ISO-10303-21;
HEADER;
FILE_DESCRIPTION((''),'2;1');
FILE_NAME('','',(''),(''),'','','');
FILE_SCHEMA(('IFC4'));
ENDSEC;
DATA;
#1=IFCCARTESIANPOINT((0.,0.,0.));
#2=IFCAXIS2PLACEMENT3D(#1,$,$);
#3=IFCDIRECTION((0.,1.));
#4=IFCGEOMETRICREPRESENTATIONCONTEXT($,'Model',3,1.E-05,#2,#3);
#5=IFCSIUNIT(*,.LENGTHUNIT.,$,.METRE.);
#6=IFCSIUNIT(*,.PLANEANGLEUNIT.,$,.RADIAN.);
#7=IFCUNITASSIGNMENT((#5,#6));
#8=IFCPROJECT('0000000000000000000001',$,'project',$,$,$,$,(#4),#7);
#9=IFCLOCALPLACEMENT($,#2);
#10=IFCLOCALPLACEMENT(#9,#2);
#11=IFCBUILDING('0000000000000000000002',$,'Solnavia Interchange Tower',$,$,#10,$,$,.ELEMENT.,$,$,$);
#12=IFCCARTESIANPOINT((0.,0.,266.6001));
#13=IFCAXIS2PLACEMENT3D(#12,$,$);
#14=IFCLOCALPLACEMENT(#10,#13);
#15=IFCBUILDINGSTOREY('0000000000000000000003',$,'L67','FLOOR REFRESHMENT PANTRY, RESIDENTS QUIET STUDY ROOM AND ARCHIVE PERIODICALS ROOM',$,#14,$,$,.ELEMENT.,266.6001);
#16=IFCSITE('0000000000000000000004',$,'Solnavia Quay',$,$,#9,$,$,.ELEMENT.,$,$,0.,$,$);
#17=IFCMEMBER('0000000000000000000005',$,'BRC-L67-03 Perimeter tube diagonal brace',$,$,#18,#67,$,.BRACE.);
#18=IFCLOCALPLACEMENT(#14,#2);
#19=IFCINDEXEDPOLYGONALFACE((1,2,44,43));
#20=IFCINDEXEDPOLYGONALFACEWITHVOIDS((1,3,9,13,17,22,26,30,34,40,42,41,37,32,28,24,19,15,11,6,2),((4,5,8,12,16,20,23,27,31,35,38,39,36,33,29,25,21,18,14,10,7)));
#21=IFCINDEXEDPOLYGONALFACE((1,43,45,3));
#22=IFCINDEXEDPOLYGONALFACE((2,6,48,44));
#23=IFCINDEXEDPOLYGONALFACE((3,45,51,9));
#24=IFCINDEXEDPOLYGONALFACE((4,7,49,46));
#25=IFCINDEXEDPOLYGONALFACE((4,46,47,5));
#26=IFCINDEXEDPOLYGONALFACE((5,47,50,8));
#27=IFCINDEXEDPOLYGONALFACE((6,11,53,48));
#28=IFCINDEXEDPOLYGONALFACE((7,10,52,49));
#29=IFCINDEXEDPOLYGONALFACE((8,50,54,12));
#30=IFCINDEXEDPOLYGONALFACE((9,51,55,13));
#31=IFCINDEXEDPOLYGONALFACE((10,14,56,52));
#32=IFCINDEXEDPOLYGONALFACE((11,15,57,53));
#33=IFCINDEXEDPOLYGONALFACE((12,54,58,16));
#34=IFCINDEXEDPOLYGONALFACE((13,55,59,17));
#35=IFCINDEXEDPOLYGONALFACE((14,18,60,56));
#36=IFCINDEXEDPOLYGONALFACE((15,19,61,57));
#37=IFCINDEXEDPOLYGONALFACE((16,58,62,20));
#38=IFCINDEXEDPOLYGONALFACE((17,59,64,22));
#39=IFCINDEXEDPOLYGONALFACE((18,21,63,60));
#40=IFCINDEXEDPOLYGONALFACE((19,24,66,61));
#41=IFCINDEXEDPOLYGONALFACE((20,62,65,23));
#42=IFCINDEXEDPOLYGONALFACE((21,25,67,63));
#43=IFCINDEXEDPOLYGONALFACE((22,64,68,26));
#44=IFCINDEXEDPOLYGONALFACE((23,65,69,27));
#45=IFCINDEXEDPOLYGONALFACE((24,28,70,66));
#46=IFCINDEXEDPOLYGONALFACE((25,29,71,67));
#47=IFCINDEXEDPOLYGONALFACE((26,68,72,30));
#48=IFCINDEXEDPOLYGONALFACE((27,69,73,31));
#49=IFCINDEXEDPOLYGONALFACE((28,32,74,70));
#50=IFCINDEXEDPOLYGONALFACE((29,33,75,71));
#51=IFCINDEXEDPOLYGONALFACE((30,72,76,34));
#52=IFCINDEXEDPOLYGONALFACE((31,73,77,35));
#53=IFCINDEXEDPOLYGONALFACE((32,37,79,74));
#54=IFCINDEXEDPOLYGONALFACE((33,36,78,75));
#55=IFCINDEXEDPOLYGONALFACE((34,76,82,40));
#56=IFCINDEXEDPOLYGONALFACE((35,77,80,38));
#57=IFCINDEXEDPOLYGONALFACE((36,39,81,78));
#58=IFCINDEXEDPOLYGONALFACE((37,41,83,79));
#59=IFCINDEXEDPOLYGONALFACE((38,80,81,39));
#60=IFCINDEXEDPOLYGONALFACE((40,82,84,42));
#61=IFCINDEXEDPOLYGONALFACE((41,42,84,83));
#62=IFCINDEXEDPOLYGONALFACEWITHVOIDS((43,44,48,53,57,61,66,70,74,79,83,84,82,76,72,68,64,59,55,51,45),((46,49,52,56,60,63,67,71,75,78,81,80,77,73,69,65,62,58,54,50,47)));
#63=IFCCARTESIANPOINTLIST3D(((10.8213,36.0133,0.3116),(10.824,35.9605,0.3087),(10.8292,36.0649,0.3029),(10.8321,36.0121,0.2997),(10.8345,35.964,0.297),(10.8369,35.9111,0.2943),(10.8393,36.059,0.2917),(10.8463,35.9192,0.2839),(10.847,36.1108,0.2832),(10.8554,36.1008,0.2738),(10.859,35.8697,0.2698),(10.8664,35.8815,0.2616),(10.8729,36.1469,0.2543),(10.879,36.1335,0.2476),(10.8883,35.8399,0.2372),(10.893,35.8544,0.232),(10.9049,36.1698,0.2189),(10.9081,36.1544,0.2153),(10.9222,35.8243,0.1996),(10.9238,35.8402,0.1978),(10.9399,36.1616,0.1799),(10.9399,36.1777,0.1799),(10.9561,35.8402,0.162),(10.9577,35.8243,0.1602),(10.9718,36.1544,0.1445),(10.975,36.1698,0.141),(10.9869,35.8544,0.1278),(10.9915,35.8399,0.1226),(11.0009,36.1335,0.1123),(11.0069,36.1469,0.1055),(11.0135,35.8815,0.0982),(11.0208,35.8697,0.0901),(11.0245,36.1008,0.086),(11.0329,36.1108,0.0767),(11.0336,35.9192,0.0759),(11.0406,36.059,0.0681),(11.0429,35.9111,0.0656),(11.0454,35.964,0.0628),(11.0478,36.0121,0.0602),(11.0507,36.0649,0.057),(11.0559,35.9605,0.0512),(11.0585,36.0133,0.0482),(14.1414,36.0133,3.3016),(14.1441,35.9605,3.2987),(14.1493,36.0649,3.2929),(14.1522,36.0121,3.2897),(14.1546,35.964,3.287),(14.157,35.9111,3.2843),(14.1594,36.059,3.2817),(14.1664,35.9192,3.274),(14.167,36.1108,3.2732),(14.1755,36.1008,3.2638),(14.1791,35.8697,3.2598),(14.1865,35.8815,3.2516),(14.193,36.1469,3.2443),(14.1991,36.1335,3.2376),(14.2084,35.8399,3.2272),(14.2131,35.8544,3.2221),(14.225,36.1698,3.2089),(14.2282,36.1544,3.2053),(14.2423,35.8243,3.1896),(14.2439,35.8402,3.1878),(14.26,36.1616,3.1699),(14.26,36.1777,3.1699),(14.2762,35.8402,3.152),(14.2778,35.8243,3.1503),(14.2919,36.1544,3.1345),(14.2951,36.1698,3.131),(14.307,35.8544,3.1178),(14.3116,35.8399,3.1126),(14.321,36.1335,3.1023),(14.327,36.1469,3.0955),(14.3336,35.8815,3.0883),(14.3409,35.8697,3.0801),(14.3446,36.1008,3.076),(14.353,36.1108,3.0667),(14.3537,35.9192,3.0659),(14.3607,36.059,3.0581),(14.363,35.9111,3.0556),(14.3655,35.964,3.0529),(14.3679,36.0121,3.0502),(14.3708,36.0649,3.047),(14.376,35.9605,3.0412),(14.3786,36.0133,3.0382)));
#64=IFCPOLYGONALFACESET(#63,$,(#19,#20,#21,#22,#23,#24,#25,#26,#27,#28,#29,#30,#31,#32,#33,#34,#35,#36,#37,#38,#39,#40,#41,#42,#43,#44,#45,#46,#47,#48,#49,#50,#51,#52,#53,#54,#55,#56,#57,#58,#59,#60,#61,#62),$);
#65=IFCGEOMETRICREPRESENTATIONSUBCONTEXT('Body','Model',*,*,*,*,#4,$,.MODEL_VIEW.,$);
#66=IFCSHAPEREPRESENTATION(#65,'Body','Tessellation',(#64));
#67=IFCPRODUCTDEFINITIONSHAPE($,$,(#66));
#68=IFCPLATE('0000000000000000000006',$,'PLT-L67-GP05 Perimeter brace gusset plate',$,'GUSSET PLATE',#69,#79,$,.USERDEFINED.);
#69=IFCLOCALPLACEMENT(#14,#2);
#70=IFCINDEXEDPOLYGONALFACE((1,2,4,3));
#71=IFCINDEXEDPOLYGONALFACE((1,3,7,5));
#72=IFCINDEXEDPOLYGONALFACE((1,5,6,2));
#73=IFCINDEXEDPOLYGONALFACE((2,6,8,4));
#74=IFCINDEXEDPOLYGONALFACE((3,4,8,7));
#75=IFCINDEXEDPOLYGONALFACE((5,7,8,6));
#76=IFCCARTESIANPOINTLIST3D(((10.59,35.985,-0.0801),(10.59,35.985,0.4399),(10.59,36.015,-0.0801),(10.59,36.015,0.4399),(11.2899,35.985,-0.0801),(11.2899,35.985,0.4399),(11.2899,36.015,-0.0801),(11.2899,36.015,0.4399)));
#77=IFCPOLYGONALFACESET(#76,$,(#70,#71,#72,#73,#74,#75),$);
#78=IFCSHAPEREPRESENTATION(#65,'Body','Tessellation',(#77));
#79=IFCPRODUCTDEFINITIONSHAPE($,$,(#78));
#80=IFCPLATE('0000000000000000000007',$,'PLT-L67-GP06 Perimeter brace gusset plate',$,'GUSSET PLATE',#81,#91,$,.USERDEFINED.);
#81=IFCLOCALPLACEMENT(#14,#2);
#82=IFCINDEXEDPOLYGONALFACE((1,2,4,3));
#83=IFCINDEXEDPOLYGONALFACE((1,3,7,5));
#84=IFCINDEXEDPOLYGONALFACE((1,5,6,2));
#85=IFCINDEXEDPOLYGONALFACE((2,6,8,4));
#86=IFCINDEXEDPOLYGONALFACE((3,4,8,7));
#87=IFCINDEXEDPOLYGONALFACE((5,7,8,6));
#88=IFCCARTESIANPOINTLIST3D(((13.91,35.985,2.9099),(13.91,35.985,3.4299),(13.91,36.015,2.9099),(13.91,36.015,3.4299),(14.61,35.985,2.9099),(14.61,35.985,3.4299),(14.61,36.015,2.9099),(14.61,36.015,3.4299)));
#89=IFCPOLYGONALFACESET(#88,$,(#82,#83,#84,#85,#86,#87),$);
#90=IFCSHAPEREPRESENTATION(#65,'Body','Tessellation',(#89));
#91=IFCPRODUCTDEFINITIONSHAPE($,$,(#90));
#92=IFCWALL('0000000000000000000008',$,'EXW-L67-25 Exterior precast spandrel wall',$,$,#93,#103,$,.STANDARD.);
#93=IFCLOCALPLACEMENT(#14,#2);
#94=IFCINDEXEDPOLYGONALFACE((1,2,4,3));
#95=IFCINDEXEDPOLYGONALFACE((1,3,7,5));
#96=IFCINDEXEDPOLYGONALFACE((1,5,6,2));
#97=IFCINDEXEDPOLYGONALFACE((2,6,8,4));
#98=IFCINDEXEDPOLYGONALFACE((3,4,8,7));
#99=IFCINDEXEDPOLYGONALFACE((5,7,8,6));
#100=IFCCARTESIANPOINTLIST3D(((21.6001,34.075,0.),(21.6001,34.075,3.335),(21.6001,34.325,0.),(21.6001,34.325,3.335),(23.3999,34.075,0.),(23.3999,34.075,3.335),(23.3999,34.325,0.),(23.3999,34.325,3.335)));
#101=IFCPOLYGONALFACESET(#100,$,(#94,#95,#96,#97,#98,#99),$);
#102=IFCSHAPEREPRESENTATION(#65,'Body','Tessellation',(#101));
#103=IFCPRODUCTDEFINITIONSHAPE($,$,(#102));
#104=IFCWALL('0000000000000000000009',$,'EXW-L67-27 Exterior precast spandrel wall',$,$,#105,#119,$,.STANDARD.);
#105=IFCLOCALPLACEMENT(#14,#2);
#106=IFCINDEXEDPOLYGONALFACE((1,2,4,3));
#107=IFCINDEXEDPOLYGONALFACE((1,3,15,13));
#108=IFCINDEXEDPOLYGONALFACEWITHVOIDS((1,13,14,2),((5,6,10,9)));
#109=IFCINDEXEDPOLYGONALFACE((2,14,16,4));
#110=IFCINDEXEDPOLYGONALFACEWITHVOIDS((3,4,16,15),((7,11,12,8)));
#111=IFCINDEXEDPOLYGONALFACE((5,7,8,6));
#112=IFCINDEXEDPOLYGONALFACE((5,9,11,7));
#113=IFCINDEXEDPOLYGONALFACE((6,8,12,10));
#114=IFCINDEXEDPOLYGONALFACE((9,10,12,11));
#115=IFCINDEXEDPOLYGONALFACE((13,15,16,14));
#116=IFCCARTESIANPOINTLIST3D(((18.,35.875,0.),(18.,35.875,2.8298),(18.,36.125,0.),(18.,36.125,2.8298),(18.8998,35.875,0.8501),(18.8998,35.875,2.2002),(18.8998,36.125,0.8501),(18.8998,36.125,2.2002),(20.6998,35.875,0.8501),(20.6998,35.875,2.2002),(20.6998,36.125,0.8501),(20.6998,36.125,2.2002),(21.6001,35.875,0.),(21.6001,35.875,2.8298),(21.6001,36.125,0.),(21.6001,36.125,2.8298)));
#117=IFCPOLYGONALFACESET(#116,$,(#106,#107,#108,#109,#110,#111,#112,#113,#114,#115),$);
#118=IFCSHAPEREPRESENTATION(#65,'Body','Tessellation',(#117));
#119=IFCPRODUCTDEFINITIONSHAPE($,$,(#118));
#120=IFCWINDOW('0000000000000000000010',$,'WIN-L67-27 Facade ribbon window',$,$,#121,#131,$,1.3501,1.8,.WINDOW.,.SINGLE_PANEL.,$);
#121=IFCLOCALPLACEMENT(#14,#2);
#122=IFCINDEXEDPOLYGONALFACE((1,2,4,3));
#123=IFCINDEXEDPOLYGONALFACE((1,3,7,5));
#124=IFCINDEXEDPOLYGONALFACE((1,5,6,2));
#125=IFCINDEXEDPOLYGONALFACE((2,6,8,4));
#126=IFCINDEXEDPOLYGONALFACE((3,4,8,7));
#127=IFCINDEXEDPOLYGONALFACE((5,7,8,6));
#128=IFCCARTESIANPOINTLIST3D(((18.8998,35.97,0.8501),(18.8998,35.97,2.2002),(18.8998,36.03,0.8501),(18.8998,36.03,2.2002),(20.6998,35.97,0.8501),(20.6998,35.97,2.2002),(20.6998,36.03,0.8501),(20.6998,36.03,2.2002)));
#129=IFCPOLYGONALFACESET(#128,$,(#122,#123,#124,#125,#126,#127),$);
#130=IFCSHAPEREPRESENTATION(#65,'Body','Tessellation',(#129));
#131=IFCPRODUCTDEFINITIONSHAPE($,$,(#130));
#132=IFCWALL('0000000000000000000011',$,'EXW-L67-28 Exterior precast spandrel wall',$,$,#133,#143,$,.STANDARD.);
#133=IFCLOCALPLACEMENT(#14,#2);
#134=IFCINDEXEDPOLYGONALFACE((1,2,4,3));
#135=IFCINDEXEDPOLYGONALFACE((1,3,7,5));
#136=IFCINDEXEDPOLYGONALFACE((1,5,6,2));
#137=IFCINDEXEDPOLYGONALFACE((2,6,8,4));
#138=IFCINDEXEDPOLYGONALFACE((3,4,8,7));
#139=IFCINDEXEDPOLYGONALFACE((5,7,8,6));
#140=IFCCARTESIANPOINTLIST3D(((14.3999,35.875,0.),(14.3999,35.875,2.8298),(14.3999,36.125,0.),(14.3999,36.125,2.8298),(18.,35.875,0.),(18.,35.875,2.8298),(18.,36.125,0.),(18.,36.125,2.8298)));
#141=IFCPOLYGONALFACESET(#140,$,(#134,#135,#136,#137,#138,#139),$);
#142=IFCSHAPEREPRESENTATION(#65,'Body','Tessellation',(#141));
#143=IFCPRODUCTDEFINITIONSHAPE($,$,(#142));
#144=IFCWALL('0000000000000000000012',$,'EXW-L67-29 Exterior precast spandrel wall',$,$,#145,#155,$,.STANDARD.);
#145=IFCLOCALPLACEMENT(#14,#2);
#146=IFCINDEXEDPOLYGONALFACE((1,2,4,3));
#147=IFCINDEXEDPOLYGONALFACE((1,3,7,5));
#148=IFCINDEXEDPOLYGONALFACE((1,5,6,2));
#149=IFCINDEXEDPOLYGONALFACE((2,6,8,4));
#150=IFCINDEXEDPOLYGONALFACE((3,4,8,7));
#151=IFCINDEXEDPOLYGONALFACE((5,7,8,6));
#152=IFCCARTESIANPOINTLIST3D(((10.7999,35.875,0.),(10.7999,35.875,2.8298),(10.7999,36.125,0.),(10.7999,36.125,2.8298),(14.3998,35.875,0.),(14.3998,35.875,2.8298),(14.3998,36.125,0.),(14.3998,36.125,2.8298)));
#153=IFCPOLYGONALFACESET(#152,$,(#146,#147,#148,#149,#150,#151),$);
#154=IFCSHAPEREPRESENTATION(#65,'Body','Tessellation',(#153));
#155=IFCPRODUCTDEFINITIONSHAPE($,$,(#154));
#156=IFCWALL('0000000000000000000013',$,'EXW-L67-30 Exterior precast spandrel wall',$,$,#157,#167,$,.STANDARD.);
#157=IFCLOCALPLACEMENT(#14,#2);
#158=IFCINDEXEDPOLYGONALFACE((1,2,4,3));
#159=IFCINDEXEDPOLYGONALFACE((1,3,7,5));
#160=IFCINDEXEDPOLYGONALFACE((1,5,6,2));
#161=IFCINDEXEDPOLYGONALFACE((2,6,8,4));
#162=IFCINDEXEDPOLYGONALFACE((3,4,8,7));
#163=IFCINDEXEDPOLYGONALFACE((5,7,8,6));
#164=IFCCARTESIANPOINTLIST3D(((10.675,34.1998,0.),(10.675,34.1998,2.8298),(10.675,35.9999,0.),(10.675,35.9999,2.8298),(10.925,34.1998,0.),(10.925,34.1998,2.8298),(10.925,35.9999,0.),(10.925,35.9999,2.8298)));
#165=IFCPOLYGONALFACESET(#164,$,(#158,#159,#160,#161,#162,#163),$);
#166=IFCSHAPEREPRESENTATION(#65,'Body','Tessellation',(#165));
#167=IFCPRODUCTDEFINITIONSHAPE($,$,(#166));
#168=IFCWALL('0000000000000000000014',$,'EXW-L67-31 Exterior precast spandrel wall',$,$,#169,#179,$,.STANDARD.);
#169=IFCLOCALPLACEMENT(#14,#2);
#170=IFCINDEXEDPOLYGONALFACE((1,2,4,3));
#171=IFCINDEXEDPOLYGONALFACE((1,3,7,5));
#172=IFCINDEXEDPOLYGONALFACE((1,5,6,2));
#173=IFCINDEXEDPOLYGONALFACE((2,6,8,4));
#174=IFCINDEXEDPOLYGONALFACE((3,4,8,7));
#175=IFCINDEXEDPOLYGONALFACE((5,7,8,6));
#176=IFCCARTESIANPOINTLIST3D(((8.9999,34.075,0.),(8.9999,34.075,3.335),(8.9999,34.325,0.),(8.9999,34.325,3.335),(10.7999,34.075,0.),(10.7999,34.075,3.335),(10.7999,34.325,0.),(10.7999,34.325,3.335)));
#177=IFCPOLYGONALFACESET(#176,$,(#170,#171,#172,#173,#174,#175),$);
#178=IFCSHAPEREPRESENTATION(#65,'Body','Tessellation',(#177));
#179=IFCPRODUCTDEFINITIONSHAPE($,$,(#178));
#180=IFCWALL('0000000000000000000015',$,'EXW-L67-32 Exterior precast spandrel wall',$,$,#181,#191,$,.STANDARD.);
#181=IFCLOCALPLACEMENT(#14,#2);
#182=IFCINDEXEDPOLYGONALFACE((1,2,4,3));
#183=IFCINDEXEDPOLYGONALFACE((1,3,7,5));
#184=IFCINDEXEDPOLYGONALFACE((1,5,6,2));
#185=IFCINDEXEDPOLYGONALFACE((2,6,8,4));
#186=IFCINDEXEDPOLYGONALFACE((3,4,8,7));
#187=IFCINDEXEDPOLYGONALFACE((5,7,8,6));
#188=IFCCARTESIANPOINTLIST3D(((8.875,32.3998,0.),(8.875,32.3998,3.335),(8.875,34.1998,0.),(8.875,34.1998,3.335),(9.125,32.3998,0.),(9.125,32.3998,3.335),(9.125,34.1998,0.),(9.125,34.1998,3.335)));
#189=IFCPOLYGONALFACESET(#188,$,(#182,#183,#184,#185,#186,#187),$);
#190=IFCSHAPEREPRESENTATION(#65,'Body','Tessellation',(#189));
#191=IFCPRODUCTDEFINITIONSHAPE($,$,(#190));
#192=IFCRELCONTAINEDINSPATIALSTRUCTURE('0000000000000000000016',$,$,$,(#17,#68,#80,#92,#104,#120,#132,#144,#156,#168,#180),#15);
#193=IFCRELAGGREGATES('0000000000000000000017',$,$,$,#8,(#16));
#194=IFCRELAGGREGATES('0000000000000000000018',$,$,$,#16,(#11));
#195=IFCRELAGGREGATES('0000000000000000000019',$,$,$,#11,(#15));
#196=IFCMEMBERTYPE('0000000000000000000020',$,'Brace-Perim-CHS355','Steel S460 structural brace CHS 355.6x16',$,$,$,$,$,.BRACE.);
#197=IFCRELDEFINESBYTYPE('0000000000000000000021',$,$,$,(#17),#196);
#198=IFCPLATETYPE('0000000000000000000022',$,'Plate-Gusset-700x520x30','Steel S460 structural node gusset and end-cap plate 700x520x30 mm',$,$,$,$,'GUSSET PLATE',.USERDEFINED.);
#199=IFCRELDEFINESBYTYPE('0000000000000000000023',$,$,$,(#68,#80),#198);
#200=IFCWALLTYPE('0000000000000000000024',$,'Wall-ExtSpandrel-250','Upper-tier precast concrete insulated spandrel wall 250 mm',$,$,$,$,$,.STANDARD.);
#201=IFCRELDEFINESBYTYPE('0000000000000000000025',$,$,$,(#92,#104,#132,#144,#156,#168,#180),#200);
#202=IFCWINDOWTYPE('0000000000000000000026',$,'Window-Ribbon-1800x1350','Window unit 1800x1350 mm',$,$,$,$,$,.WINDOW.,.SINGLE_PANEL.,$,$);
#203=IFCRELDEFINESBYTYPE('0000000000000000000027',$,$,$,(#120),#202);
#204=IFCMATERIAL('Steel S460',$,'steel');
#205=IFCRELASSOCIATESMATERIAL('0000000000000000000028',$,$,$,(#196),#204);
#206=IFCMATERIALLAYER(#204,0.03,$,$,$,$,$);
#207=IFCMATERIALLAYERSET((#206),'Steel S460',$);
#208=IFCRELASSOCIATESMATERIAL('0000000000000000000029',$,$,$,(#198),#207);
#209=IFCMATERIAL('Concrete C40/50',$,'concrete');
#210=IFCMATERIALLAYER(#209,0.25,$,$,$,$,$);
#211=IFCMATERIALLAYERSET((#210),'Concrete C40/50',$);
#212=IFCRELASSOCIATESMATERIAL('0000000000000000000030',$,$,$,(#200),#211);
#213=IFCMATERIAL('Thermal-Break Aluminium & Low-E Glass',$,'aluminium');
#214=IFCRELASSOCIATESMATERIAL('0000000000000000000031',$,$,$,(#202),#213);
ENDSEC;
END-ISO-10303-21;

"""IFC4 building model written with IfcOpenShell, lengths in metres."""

from ifc_helpers import new_model, si_unit, direction, frame, frame_2d, origin, origin_2d, place, context, subcontext, project, spatial, rectangle, hollow_circle, extrude, material, layer, layer_set, material_profile, profile_set, type_object, element, fill, save


model = new_model("IFC4")

# Units and contexts
model_context = context("Model", 3, precision=1e-05, world=origin(), true_north=direction((0.0, 1.0)))
body_context = subcontext(model_context, "Body", "Model", "MODEL_VIEW")
ifc_project = project(units=[si_unit("LENGTHUNIT", "METRE"), si_unit("PLANEANGLEUNIT", "RADIAN")], contexts=[model_context])

# Site, building, storey
site_placement = place(None, origin())
site = spatial("IfcSite", under=ifc_project, at=site_placement, Name="Solnavia Quay", CompositionType="ELEMENT", RefElevation=0.0)
building_placement = place(site_placement, origin())
building = spatial("IfcBuilding", under=site, at=building_placement, Name="Solnavia Interchange Tower", CompositionType="ELEMENT")
storey_placement = place(building_placement, frame((0.0, 0.0, 266.6001)))
storey = spatial("IfcBuildingStorey", under=building, at=storey_placement, Name="L67", Description="FLOOR REFRESHMENT PANTRY, RESIDENTS QUIET STUDY ROOM AND ARCHIVE PERIODICALS ROOM", CompositionType="ELEMENT", Elevation=266.6001)

# Shared definitions
ifc_material_1 = material(Name="Steel S460", Category="steel")

# Member
ifc_material_profile_1 = material_profile(ifc_material_1, hollow_circle(Radius=0.1777, WallThickness=0.0161, at=origin_2d()), Name="CHS 355.6x16")
ifc_profile_set_1 = profile_set([ifc_material_profile_1], Name="Steel S460")
member_type = type_object("IfcMemberType", Name="Brace-Perim-CHS355", Description="Steel S460 structural brace CHS 355.6x16", PredefinedType="BRACE", material=ifc_profile_set_1)
member_placement = place(storey_placement, frame((10.9399, 36.0, 0.1799), z_axis=(0.743079, 0.0, 0.669203), x_axis=(0.0, 1.0, 0.0)))
element("IfcMember", 1, at=member_placement, inside=storey, type_object=member_type, Name="BRC-L67-03 Perimeter tube diagonal brace", PredefinedType="BRACE", context=body_context, shape_type="SweptSolid", body=[
    extrude(hollow_circle(Radius=0.1777, WallThickness=0.0161, at=origin_2d()), origin(), (0.0, 0.0, 1.0), 4.468),
])

# Plates
ifc_layer_1 = layer(ifc_material_1, 0.03)
ifc_layer_set_1 = layer_set([ifc_layer_1], Name="Steel S460")
plate_type = type_object("IfcPlateType", Name="Plate-Gusset-700x520x30", Description="Steel S460 structural node gusset and end-cap plate 700x520x30 mm", ElementType="GUSSET PLATE", PredefinedType="USERDEFINED", material=ifc_layer_set_1)
for number, where, z_axis, x_axis, name in (
    (2, (10.9399, 36.0, -0.0801), (0.0, 0.0, 1.0), (1.0, 0.0, 0.0), "PLT-L67-GP05 Perimeter brace gusset plate"),
    (3, (14.26, 36.0, 2.9099), (0.0, 0.0, 1.0), (1.0, 0.0, 0.0), "PLT-L67-GP06 Perimeter brace gusset plate"),
):
    element("IfcPlate", number, at=place(storey_placement, frame(where, z_axis=z_axis, x_axis=x_axis)), inside=storey, type_object=plate_type, Name=name, ObjectType="GUSSET PLATE", PredefinedType="USERDEFINED", context=body_context, shape_type="SweptSolid", body=[
        extrude(rectangle(XDim=0.7, YDim=0.03, at=origin_2d()), origin(), (0.0, 0.0, 1.0), 0.52),
    ])

# Wall
ifc_material_2 = material(Name="Concrete C40/50", Category="concrete")
ifc_layer_2 = layer(ifc_material_2, 0.25)
ifc_layer_set_2 = layer_set([ifc_layer_2], Name="Concrete C40/50")
wall_type_1 = type_object("IfcWallType", Name="Wall-ExtSpandrel-250", Description="Upper-tier precast concrete insulated spandrel wall 250 mm", PredefinedType="STANDARD", material=ifc_layer_set_2)
wall_1_placement = place(storey_placement, frame((21.6001, 34.2, 0.0), z_axis=(0.0, 0.0, 1.0), x_axis=(1.0, 0.0, 0.0)))
element("IfcWall", 4, at=wall_1_placement, inside=storey, type_object=wall_type_1, Name="EXW-L67-25 Exterior precast spandrel wall", PredefinedType="STANDARD", context=body_context, shape_type="SweptSolid", body=[
    extrude(rectangle(XDim=1.7998, YDim=0.25, at=frame_2d((0.8999, 0.0))), origin(), (0.0, 0.0, 1.0), 3.335),
])

# Wall, opening, window
wall_2_placement = place(storey_placement, frame((18.0, 36.0, 0.0), z_axis=(0.0, 0.0, 1.0), x_axis=(1.0, 0.0, 0.0)))
wall_2 = element("IfcWall", 5, at=wall_2_placement, inside=storey, type_object=wall_type_1, Name="EXW-L67-27 Exterior precast spandrel wall", PredefinedType="STANDARD", context=body_context, shape_type="SweptSolid", body=[
    extrude(rectangle(XDim=3.6001, YDim=0.25, at=frame_2d((1.8, 0.0))), origin(), (0.0, 0.0, 1.0), 2.8298),
])
opening_1_placement = place(wall_2_placement, frame((0.8999, 0.0, 0.8501)))
opening_1 = element("IfcOpeningElement", 6, at=opening_1_placement, cuts=wall_2, PredefinedType="OPENING", context=body_context, shape_type="SweptSolid", body=[
    extrude(rectangle(XDim=1.8, YDim=1.3501, at=frame_2d((0.8999, 0.675))), frame((0.0, 0.135, 0.0), z_axis=(0.0, -1.0, 0.0), x_axis=(1.0, 0.0, 0.0)), (0.0, 0.0, 1.0), 0.27),
])
ifc_material_3 = material(Name="Thermal-Break Aluminium & Low-E Glass", Category="aluminium")
window_type = type_object("IfcWindowType", Name="Window-Ribbon-1800x1350", Description="Window unit 1800x1350 mm", PartitioningType="SINGLE_PANEL", PredefinedType="WINDOW", material=ifc_material_3)
window_placement = place(opening_1_placement, origin())
window = element("IfcWindow", 7, at=window_placement, inside=storey, type_object=window_type, Name="WIN-L67-27 Facade ribbon window", OverallHeight=1.3501, OverallWidth=1.8, PartitioningType="SINGLE_PANEL", PredefinedType="WINDOW", context=body_context, shape_type="SweptSolid", body=[
    extrude(rectangle(XDim=1.8, YDim=1.3501, at=frame_2d((0.8999, 0.675))), frame((0.0, 0.03, 0.0), z_axis=(0.0, -1.0, 0.0), x_axis=(1.0, 0.0, 0.0)), (0.0, 0.0, 1.0), 0.0601),
])
fill(opening_1, window)

# Walls
wall_3_placement = place(storey_placement, frame((14.3999, 36.0, 0.0), z_axis=(0.0, 0.0, 1.0), x_axis=(1.0, 0.0, 0.0)))
element("IfcWall", 8, at=wall_3_placement, inside=storey, type_object=wall_type_1, Name="EXW-L67-28 Exterior precast spandrel wall", PredefinedType="STANDARD", context=body_context, shape_type="SweptSolid", body=[
    extrude(rectangle(XDim=3.6001, YDim=0.25, at=frame_2d((1.8, 0.0))), origin(), (0.0, 0.0, 1.0), 2.8298),
])
wall_4_placement = place(storey_placement, frame((10.8, 36.0, 0.0), z_axis=(0.0, 0.0, 1.0), x_axis=(1.0, 0.0, 0.0)))
element("IfcWall", 9, at=wall_4_placement, inside=storey, type_object=wall_type_1, Name="EXW-L67-29 Exterior precast spandrel wall", PredefinedType="STANDARD", context=body_context, shape_type="SweptSolid", body=[
    extrude(rectangle(XDim=3.5999, YDim=0.25, at=frame_2d((1.7998, 0.0))), origin(), (0.0, 0.0, 1.0), 2.8298),
])
wall_5_placement = place(storey_placement, frame((10.8, 34.2, 0.0), z_axis=(0.0, 0.0, 1.0), x_axis=(0.0, 1.0, 0.0)))
element("IfcWall", 10, at=wall_5_placement, inside=storey, type_object=wall_type_1, Name="EXW-L67-30 Exterior precast spandrel wall", PredefinedType="STANDARD", context=body_context, shape_type="SweptSolid", body=[
    extrude(rectangle(XDim=1.8, YDim=0.25, at=frame_2d((0.8999, 0.0))), origin(), (0.0, 0.0, 1.0), 2.8298),
])
for number, where, z_axis, x_axis, name in (
    (11, (9.0, 34.2, 0.0), (0.0, 0.0, 1.0), (1.0, 0.0, 0.0), "EXW-L67-31 Exterior precast spandrel wall"),
    (12, (9.0, 32.3999, 0.0), (0.0, 0.0, 1.0), (0.0, 1.0, 0.0), "EXW-L67-32 Exterior precast spandrel wall"),
):
    element("IfcWall", number, at=place(storey_placement, frame(where, z_axis=z_axis, x_axis=x_axis)), inside=storey, type_object=wall_type_1, Name=name, PredefinedType="STANDARD", context=body_context, shape_type="SweptSolid", body=[
        extrude(rectangle(XDim=1.8, YDim=0.25, at=frame_2d((0.8999, 0.0))), origin(), (0.0, 0.0, 1.0), 3.335),
    ])

save(model, "model.ifc")
